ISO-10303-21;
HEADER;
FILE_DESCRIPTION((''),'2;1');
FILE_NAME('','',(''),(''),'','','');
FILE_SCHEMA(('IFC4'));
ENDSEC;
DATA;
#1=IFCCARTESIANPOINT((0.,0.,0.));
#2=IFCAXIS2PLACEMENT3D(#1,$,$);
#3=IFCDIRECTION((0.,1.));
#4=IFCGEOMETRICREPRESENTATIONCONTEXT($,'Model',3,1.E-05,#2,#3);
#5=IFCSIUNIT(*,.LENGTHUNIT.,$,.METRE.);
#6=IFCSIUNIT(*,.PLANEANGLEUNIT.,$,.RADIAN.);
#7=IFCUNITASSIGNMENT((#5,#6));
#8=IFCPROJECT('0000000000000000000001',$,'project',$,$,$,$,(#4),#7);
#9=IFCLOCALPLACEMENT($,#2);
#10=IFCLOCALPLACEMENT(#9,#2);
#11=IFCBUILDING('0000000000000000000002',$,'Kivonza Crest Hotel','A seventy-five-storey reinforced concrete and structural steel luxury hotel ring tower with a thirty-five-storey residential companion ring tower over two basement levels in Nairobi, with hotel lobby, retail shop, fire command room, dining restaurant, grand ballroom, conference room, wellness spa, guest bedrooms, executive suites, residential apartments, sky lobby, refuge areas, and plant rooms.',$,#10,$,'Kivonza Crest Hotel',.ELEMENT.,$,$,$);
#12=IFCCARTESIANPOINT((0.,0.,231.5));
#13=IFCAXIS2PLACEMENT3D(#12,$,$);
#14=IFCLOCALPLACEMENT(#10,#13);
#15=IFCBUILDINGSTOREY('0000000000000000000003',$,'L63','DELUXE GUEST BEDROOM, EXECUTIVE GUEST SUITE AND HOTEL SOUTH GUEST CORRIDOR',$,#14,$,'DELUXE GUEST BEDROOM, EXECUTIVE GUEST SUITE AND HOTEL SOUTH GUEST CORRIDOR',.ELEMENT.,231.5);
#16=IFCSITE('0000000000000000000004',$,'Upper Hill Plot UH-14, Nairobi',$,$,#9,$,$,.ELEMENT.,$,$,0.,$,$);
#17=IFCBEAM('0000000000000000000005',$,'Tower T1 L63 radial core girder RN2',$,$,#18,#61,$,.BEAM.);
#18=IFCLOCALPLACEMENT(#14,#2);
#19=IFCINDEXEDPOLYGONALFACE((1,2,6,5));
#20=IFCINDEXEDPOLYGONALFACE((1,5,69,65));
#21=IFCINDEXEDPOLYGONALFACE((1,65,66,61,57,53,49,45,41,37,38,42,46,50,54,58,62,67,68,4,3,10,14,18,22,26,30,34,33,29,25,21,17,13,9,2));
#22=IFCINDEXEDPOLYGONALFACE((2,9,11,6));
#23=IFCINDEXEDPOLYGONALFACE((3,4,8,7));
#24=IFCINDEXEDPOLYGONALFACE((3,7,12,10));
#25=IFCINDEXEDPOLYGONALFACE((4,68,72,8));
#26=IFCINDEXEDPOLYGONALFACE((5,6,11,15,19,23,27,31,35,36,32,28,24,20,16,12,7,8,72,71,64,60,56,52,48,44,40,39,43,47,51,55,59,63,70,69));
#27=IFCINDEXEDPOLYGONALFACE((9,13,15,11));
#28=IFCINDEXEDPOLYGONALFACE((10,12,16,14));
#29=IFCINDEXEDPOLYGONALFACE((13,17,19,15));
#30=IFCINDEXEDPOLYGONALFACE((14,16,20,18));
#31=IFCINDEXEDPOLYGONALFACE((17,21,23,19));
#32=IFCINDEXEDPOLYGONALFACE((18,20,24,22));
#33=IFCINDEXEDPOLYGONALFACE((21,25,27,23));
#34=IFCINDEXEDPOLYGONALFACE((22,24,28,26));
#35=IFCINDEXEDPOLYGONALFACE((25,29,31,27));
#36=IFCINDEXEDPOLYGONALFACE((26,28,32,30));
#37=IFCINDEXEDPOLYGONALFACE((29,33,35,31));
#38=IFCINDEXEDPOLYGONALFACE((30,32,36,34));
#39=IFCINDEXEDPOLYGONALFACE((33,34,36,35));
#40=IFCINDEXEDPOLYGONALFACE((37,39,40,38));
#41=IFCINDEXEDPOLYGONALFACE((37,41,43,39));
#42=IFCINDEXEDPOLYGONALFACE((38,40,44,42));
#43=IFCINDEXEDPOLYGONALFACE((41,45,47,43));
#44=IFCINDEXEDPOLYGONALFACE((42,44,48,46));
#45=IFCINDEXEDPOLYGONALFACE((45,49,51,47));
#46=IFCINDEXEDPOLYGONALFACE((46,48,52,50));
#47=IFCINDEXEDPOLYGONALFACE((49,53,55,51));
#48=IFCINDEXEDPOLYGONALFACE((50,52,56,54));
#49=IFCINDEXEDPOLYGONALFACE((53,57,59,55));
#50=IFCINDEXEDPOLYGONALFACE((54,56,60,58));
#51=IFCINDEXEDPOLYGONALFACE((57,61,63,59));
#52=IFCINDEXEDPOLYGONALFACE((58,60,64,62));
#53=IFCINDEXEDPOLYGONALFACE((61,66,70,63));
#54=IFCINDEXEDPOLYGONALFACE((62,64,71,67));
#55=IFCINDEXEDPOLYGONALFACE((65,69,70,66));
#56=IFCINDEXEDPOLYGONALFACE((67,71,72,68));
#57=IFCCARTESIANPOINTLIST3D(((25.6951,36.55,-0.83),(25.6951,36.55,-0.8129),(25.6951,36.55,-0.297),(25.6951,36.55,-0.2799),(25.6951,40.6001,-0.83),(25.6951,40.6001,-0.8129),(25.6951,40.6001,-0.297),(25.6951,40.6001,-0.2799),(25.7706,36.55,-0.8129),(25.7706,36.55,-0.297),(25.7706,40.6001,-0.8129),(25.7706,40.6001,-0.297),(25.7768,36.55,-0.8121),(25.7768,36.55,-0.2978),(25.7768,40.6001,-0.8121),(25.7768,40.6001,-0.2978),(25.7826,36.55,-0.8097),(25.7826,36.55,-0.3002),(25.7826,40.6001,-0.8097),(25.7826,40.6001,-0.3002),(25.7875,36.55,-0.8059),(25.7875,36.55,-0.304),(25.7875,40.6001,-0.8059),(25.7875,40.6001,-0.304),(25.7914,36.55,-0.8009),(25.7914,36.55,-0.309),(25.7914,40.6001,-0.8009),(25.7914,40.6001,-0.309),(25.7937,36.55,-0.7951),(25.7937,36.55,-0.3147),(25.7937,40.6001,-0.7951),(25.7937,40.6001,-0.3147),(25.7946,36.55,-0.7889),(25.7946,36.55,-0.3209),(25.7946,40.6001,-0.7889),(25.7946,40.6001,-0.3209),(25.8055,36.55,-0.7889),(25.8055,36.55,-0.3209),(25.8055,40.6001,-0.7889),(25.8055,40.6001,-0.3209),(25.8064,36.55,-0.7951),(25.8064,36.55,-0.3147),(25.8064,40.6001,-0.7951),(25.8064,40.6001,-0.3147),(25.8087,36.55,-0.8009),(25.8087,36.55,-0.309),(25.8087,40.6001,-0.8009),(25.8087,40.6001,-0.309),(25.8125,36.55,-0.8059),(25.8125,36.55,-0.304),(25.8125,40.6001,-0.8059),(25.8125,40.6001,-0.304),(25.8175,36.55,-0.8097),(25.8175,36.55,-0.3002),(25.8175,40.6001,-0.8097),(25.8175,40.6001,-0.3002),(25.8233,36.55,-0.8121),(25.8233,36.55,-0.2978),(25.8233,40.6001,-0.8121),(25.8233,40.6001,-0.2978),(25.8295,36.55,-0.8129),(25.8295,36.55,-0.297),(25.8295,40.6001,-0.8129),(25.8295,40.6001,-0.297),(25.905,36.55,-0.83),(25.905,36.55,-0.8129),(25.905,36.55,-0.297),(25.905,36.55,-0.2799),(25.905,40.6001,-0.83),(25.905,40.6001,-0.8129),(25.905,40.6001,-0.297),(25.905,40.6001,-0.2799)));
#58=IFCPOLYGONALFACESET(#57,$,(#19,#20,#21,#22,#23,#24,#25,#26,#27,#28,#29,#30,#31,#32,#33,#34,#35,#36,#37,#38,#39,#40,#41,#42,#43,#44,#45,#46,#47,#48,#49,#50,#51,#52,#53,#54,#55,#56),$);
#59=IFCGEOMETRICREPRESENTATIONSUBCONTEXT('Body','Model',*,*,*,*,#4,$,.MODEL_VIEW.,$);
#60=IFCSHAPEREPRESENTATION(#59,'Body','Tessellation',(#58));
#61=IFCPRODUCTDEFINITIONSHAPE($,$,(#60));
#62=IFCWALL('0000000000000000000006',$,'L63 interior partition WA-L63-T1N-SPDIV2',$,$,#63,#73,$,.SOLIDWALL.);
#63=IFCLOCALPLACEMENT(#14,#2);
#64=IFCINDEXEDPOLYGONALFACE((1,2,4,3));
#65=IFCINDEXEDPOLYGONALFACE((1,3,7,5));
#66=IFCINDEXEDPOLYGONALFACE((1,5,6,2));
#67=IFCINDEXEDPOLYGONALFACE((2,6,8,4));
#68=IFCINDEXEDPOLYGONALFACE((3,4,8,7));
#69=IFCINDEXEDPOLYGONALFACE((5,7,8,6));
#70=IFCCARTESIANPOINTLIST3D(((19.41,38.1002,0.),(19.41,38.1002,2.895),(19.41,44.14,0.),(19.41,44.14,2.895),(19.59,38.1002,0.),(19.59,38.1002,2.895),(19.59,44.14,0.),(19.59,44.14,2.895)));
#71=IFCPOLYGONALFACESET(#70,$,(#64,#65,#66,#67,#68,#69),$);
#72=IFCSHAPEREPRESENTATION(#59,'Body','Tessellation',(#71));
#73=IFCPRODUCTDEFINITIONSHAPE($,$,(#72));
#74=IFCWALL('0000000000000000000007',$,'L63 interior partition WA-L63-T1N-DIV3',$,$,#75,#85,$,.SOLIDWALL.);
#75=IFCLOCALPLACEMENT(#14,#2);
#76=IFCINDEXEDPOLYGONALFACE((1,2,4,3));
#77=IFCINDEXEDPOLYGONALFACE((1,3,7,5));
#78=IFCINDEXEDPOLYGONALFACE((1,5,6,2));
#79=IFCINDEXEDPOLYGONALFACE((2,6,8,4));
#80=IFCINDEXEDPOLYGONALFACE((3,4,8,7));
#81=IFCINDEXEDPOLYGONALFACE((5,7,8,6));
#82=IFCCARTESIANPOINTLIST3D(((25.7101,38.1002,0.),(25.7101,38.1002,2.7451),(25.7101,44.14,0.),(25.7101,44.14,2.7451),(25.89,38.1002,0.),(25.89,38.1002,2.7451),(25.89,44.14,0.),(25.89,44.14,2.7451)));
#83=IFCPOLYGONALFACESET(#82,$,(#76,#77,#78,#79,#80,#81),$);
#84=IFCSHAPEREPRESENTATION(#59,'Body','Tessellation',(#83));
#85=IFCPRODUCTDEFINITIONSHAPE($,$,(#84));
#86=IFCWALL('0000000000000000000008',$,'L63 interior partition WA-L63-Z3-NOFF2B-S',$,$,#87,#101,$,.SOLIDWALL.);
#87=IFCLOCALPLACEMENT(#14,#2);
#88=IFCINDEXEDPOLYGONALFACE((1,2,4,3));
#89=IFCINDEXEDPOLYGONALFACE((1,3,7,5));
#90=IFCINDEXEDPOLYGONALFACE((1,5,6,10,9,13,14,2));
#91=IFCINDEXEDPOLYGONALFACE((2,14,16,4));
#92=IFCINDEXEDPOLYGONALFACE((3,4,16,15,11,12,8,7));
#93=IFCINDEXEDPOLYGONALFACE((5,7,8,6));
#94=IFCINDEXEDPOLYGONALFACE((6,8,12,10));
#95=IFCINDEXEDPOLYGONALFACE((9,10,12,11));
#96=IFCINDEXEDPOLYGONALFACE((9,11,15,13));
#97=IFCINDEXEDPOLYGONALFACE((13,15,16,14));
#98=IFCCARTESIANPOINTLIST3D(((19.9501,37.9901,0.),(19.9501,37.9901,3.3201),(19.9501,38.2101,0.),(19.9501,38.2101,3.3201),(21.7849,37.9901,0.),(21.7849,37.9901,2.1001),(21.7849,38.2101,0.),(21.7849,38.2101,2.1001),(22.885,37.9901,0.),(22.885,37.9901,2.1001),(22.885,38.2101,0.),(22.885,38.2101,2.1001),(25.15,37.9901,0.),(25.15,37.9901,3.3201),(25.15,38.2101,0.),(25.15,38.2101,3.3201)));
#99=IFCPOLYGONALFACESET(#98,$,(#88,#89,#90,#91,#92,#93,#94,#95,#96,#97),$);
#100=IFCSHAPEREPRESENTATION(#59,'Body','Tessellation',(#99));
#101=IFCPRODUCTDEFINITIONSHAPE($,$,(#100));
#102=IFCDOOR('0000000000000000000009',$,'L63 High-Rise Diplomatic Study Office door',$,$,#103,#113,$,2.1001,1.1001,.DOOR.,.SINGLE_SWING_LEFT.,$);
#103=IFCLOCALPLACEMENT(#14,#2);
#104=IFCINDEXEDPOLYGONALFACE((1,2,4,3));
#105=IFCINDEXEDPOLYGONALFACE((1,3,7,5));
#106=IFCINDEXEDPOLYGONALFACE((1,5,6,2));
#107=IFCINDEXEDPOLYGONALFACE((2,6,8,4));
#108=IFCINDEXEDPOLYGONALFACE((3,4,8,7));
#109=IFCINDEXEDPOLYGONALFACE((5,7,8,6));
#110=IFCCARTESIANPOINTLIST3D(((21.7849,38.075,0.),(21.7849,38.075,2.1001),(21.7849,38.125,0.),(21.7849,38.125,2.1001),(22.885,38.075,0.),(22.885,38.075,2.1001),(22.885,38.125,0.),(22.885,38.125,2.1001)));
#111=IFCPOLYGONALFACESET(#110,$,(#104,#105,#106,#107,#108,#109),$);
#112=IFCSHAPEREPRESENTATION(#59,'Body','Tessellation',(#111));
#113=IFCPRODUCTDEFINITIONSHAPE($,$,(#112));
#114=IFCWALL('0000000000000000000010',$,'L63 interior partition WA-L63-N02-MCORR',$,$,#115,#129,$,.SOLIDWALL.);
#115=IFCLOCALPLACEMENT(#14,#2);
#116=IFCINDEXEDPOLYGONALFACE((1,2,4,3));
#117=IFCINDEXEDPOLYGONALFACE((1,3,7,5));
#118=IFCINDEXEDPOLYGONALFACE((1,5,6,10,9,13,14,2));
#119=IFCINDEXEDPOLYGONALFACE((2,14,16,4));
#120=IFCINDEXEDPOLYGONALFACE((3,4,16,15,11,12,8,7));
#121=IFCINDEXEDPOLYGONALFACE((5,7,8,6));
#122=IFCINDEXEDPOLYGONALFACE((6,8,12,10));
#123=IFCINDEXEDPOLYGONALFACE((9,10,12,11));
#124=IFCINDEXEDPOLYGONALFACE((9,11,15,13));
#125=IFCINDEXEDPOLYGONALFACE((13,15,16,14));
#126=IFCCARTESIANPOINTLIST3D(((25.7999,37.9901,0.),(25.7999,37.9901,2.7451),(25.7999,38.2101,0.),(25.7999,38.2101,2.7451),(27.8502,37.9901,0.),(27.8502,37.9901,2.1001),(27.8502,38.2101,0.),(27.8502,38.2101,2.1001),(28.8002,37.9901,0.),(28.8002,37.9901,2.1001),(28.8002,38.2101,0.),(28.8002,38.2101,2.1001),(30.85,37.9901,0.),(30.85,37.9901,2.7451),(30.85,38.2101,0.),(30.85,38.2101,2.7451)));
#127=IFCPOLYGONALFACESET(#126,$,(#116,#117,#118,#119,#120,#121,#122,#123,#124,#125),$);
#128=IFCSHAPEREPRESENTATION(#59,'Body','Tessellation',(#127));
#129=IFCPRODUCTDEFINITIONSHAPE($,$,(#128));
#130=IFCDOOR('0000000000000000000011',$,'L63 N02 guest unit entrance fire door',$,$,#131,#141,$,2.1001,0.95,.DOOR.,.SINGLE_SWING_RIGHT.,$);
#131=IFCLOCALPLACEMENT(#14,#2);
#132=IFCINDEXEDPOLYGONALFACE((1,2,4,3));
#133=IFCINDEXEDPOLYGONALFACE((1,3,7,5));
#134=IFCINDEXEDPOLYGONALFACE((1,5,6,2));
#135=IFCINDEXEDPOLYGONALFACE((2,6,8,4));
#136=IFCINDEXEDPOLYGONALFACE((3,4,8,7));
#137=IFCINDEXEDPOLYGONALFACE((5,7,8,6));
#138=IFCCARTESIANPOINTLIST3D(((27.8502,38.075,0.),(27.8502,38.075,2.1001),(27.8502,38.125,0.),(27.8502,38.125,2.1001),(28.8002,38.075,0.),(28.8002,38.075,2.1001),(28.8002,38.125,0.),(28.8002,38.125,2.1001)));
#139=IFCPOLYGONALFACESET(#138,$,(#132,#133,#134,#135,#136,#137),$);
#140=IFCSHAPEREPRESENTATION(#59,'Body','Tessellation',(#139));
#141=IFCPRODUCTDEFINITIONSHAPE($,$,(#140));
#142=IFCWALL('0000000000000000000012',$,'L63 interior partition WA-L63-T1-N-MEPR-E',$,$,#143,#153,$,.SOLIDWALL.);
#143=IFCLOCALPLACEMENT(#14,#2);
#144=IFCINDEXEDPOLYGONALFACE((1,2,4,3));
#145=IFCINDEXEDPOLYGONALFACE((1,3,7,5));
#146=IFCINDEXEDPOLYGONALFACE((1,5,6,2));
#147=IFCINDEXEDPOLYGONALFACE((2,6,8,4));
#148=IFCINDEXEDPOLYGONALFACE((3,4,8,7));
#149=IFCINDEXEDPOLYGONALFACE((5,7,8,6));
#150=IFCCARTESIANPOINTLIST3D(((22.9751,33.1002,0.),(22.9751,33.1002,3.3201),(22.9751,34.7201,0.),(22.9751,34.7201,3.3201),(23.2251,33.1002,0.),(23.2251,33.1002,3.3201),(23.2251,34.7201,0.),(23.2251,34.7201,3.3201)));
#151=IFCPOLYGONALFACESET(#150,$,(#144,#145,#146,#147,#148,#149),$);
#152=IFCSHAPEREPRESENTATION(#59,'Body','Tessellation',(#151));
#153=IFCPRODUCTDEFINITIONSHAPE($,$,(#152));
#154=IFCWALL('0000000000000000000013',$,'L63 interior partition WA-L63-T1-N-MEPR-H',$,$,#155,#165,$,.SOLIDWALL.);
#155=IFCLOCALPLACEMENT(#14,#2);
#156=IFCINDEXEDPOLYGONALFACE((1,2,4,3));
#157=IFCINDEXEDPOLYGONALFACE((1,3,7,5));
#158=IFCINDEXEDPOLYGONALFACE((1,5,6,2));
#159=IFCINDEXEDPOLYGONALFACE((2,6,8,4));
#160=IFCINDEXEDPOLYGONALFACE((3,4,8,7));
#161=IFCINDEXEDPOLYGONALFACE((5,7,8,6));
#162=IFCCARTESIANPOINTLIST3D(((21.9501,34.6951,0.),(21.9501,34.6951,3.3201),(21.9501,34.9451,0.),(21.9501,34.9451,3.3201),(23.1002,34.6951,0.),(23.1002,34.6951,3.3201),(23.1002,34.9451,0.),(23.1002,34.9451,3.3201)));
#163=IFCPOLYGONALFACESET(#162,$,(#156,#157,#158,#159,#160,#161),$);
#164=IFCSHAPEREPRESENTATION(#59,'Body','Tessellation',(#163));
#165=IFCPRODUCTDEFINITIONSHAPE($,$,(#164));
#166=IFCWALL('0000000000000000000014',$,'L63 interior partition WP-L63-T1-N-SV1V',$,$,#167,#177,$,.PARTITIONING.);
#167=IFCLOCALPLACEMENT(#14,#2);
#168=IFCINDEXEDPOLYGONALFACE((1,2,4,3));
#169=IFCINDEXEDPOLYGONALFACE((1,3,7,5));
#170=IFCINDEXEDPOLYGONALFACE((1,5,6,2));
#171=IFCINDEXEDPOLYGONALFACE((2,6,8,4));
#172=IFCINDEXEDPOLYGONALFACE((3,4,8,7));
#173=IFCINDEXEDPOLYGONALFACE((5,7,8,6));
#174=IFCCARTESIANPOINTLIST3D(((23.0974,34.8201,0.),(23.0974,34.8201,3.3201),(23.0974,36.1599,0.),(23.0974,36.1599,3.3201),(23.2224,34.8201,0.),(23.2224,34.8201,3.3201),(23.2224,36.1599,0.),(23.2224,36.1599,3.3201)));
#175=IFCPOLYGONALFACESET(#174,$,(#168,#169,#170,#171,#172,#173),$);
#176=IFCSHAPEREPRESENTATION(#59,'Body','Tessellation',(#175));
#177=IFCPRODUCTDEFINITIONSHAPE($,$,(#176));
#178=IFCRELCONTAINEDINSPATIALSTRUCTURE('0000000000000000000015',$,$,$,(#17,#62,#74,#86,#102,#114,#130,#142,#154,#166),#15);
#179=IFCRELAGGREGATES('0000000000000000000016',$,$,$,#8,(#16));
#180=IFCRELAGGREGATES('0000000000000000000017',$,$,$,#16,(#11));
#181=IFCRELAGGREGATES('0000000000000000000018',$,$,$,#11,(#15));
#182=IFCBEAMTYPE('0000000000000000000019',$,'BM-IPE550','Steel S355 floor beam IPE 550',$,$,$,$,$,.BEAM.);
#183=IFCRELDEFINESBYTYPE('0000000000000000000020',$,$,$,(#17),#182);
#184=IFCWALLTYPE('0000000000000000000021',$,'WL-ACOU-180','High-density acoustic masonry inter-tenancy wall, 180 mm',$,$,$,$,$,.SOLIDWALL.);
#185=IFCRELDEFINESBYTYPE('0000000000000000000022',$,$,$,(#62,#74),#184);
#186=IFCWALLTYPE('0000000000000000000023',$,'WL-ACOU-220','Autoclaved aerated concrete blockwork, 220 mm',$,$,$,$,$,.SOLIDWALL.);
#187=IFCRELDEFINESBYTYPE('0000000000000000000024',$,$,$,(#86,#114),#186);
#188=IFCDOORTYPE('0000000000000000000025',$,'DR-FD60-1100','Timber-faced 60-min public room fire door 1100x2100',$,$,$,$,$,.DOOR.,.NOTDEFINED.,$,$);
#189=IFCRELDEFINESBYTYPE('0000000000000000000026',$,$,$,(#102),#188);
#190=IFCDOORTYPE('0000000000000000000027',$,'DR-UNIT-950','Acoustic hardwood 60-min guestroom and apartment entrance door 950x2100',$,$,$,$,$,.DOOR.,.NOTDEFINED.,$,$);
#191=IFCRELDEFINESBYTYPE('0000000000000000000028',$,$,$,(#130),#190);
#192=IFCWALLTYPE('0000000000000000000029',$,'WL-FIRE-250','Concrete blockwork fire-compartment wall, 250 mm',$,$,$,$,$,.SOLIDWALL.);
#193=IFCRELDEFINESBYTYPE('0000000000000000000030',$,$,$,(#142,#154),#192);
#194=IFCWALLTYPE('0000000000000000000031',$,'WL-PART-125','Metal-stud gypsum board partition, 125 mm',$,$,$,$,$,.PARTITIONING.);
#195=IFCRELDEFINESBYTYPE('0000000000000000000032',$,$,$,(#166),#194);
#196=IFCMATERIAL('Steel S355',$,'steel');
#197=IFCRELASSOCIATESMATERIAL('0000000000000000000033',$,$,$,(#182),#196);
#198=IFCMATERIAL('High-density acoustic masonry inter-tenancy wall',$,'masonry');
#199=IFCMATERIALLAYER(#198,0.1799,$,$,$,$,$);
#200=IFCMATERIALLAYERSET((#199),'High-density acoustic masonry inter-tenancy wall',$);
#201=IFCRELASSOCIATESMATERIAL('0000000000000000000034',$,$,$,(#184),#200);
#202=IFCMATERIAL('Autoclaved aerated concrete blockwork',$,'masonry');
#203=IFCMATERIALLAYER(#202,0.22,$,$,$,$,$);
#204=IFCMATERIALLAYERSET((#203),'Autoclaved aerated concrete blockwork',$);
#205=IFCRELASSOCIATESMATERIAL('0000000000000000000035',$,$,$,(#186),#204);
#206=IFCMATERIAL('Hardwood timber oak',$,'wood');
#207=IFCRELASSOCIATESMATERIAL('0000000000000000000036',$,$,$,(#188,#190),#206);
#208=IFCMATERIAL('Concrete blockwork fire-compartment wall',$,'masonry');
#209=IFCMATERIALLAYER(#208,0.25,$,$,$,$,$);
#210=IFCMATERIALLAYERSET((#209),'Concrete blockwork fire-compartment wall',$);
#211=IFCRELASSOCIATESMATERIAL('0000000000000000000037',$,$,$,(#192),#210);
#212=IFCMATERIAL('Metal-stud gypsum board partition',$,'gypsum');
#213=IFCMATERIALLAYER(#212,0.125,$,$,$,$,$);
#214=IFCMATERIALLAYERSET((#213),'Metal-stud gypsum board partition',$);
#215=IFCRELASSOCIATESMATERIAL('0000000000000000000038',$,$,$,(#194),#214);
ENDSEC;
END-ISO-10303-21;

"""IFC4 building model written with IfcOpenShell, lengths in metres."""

from ifc_helpers import new_model, si_unit, direction, frame, frame_2d, origin, origin_2d, place, context, subcontext, project, spatial, rectangle, i_section, extrude, material, layer, layer_set, material_profile, profile_set, type_object, element, fill, save


model = new_model("IFC4")

# Units and contexts
model_context = context("Model", 3, precision=1e-05, world=origin(), true_north=direction((0.0, 1.0)))
body_context = subcontext(model_context, "Body", "Model", "MODEL_VIEW")
ifc_project = project(units=[si_unit("LENGTHUNIT", "METRE"), si_unit("PLANEANGLEUNIT", "RADIAN")], contexts=[model_context])

# Site, building, storey
site_placement = place(None, origin())
site = spatial("IfcSite", under=ifc_project, at=site_placement, Name="Upper Hill Plot UH-14, Nairobi", CompositionType="ELEMENT", RefElevation=0.0)
building_placement = place(site_placement, origin())
building = spatial("IfcBuilding", under=site, at=building_placement, Name="Kivonza Crest Hotel", Description="A seventy-five-storey reinforced concrete and structural steel luxury hotel ring tower with a thirty-five-storey residential companion ring tower over two basement levels in Nairobi, with hotel lobby, retail shop, fire command room, dining restaurant, grand ballroom, conference room, wellness spa, guest bedrooms, executive suites, residential apartments, sky lobby, refuge areas, and plant rooms.", LongName="Kivonza Crest Hotel", CompositionType="ELEMENT")
storey_placement = place(building_placement, frame((0.0, 0.0, 231.5)))
storey = spatial("IfcBuildingStorey", under=building, at=storey_placement, Name="L63", Description="DELUXE GUEST BEDROOM, EXECUTIVE GUEST SUITE AND HOTEL SOUTH GUEST CORRIDOR", LongName="DELUXE GUEST BEDROOM, EXECUTIVE GUEST SUITE AND HOTEL SOUTH GUEST CORRIDOR", CompositionType="ELEMENT", Elevation=231.5)

# Beam
ifc_material_1 = material(Name="Steel S355", Category="steel")
ifc_material_profile_1 = material_profile(ifc_material_1, i_section(OverallWidth=0.21, OverallDepth=0.55, WebThickness=0.011, FlangeThickness=0.0171, FilletRadius=0.0239, at=origin_2d()), Name="IPE 550")
ifc_profile_set_1 = profile_set([ifc_material_profile_1], Name="Steel S355")
beam_type_1 = type_object("IfcBeamType", Name="BM-IPE550", Description="Steel S355 floor beam IPE 550", PredefinedType="BEAM", material=ifc_profile_set_1)
beam_1_placement = place(storey_placement, frame((25.8, 40.6001, -0.5549), z_axis=(0.0, -1.0, 0.0), x_axis=(1.0, 0.0, 0.0)))
element("IfcBeam", 1, at=beam_1_placement, inside=storey, type_object=beam_type_1, Name="Tower T1 L63 radial core girder RN2", PredefinedType="BEAM", context=body_context, shape_type="SweptSolid", body=[
    extrude(i_section(OverallWidth=0.21, OverallDepth=0.55, WebThickness=0.011, FlangeThickness=0.0171, FilletRadius=0.0239, at=origin_2d()), origin(), (0.0, 0.0, 1.0), 4.05),
])

# Walls
ifc_material_2 = material(Name="High-density acoustic masonry inter-tenancy wall", Category="masonry")
ifc_layer_1 = layer(ifc_material_2, 0.1799)
ifc_layer_set_1 = layer_set([ifc_layer_1], Name="High-density acoustic masonry inter-tenancy wall")
wall_type_1 = type_object("IfcWallType", Name="WL-ACOU-180", Description="High-density acoustic masonry inter-tenancy wall, 180 mm", PredefinedType="SOLIDWALL", material=ifc_layer_set_1)
wall_1_placement = place(storey_placement, frame((19.5, 38.1001, 0.0), z_axis=(0.0, 0.0, 1.0), x_axis=(0.0, 1.0, 0.0)))
element("IfcWall", 2, at=wall_1_placement, inside=storey, type_object=wall_type_1, Name="L63 interior partition WA-L63-T1N-SPDIV2", PredefinedType="SOLIDWALL", context=body_context, shape_type="SweptSolid", body=[
    extrude(rectangle(XDim=6.0398, YDim=0.1799, at=frame_2d((3.02, 0.0))), origin(), (0.0, 0.0, 1.0), 2.895),
])
wall_2_placement = place(storey_placement, frame((25.8, 38.1001, 0.0), z_axis=(0.0, 0.0, 1.0), x_axis=(0.0, 1.0, 0.0)))
element("IfcWall", 3, at=wall_2_placement, inside=storey, type_object=wall_type_1, Name="L63 interior partition WA-L63-T1N-DIV3", PredefinedType="SOLIDWALL", context=body_context, shape_type="SweptSolid", body=[
    extrude(rectangle(XDim=6.0398, YDim=0.1799, at=frame_2d((3.02, 0.0))), origin(), (0.0, 0.0, 1.0), 2.7451),
])

# Walls, openings, doors
ifc_material_3 = material(Name="Autoclaved aerated concrete blockwork", Category="masonry")
ifc_layer_2 = layer(ifc_material_3, 0.22)
ifc_layer_set_2 = layer_set([ifc_layer_2], Name="Autoclaved aerated concrete blockwork")
wall_type_2 = type_object("IfcWallType", Name="WL-ACOU-220", Description="Autoclaved aerated concrete blockwork, 220 mm", PredefinedType="SOLIDWALL", material=ifc_layer_set_2)
wall_3_placement = place(storey_placement, frame((19.95, 38.1001, 0.0), z_axis=(0.0, 0.0, 1.0), x_axis=(1.0, 0.0, 0.0)))
wall_3 = element("IfcWall", 4, at=wall_3_placement, inside=storey, type_object=wall_type_2, Name="L63 interior partition WA-L63-Z3-NOFF2B-S", PredefinedType="SOLIDWALL", context=body_context, shape_type="SweptSolid", body=[
    extrude(rectangle(XDim=5.2, YDim=0.22, at=frame_2d((2.6001, 0.0))), origin(), (0.0, 0.0, 1.0), 3.3201),
])
opening_1_placement = place(wall_3_placement, frame((1.835, 0.0, 0.0)))
opening_1 = element("IfcOpeningElement", 5, at=opening_1_placement, cuts=wall_3, PredefinedType="OPENING", context=body_context, shape_type="SweptSolid", body=[
    extrude(rectangle(XDim=1.1001, YDim=2.1001, at=frame_2d((0.55, 1.05))), frame((0.0, 0.1201, 0.0), z_axis=(0.0, -1.0, 0.0), x_axis=(1.0, 0.0, 0.0)), (0.0, 0.0, 1.0), 0.24),
])
ifc_material_4 = material(Name="Hardwood timber oak", Category="wood")
door_type_1 = type_object("IfcDoorType", Name="DR-FD60-1100", Description="Timber-faced 60-min public room fire door 1100x2100", OperationType="NOTDEFINED", PredefinedType="DOOR", material=ifc_material_4)
door_1_placement = place(opening_1_placement, origin())
door_1 = element("IfcDoor", 6, at=door_1_placement, inside=storey, type_object=door_type_1, Name="L63 High-Rise Diplomatic Study Office door", OperationType="SINGLE_SWING_LEFT", OverallHeight=2.1001, OverallWidth=1.1001, PredefinedType="DOOR", context=body_context, shape_type="SweptSolid", body=[
    extrude(rectangle(XDim=1.1001, YDim=2.1001, at=frame_2d((0.55, 1.05))), frame((0.0, 0.0249, 0.0), z_axis=(0.0, -1.0, 0.0), x_axis=(1.0, 0.0, 0.0)), (0.0, 0.0, 1.0), 0.05),
])
fill(opening_1, door_1)
wall_4_placement = place(storey_placement, frame((25.8, 38.1001, 0.0), z_axis=(0.0, 0.0, 1.0), x_axis=(1.0, 0.0, 0.0)))
wall_4 = element("IfcWall", 7, at=wall_4_placement, inside=storey, type_object=wall_type_2, Name="L63 interior partition WA-L63-N02-MCORR", PredefinedType="SOLIDWALL", context=body_context, shape_type="SweptSolid", body=[
    extrude(rectangle(XDim=5.05, YDim=0.22, at=frame_2d((2.5249, 0.0))), origin(), (0.0, 0.0, 1.0), 2.7451),
])
opening_2_placement = place(wall_4_placement, frame((2.05, 0.0, 0.0)))
opening_2 = element("IfcOpeningElement", 8, at=opening_2_placement, cuts=wall_4, PredefinedType="OPENING", context=body_context, shape_type="SweptSolid", body=[
    extrude(rectangle(XDim=0.95, YDim=2.1001, at=frame_2d((0.4751, 1.05))), frame((0.0, 0.1201, 0.0), z_axis=(0.0, -1.0, 0.0), x_axis=(1.0, 0.0, 0.0)), (0.0, 0.0, 1.0), 0.24),
])
door_type_2 = type_object("IfcDoorType", Name="DR-UNIT-950", Description="Acoustic hardwood 60-min guestroom and apartment entrance door 950x2100", OperationType="NOTDEFINED", PredefinedType="DOOR", material=ifc_material_4)
door_2_placement = place(opening_2_placement, origin())
door_2 = element("IfcDoor", 9, at=door_2_placement, inside=storey, type_object=door_type_2, Name="L63 N02 guest unit entrance fire door", OperationType="SINGLE_SWING_RIGHT", OverallHeight=2.1001, OverallWidth=0.95, PredefinedType="DOOR", context=body_context, shape_type="SweptSolid", body=[
    extrude(rectangle(XDim=0.95, YDim=2.1001, at=frame_2d((0.4751, 1.05))), frame((0.0, 0.0249, 0.0), z_axis=(0.0, -1.0, 0.0), x_axis=(1.0, 0.0, 0.0)), (0.0, 0.0, 1.0), 0.05),
])
fill(opening_2, door_2)

# Walls
ifc_material_5 = material(Name="Concrete blockwork fire-compartment wall", Category="masonry")
ifc_layer_3 = layer(ifc_material_5, 0.25)
ifc_layer_set_3 = layer_set([ifc_layer_3], Name="Concrete blockwork fire-compartment wall")
wall_type_3 = type_object("IfcWallType", Name="WL-FIRE-250", Description="Concrete blockwork fire-compartment wall, 250 mm", PredefinedType="SOLIDWALL", material=ifc_layer_set_3)
wall_5_placement = place(storey_placement, frame((23.1001, 33.1001, 0.0), z_axis=(0.0, 0.0, 1.0), x_axis=(0.0, 1.0, 0.0)))
element("IfcWall", 10, at=wall_5_placement, inside=storey, type_object=wall_type_3, Name="L63 interior partition WA-L63-T1-N-MEPR-E", PredefinedType="SOLIDWALL", context=body_context, shape_type="SweptSolid", body=[
    extrude(rectangle(XDim=1.6199, YDim=0.25, at=frame_2d((0.8101, 0.0))), origin(), (0.0, 0.0, 1.0), 3.3201),
])
wall_6_placement = place(storey_placement, frame((21.95, 34.8201, 0.0), z_axis=(0.0, 0.0, 1.0), x_axis=(1.0, 0.0, 0.0)))
element("IfcWall", 11, at=wall_6_placement, inside=storey, type_object=wall_type_3, Name="L63 interior partition WA-L63-T1-N-MEPR-H", PredefinedType="SOLIDWALL", context=body_context, shape_type="SweptSolid", body=[
    extrude(rectangle(XDim=1.1501, YDim=0.25, at=frame_2d((0.5752, 0.0))), origin(), (0.0, 0.0, 1.0), 3.3201),
])
ifc_material_6 = material(Name="Metal-stud gypsum board partition", Category="gypsum")
ifc_layer_4 = layer(ifc_material_6, 0.125)
ifc_layer_set_4 = layer_set([ifc_layer_4], Name="Metal-stud gypsum board partition")
wall_type_4 = type_object("IfcWallType", Name="WL-PART-125", Description="Metal-stud gypsum board partition, 125 mm", PredefinedType="PARTITIONING", material=ifc_layer_set_4)
wall_7_placement = place(storey_placement, frame((23.1599, 34.8201, 0.0), z_axis=(0.0, 0.0, 1.0), x_axis=(0.0, 1.0, 0.0)))
element("IfcWall", 12, at=wall_7_placement, inside=storey, type_object=wall_type_4, Name="L63 interior partition WP-L63-T1-N-SV1V", PredefinedType="PARTITIONING", context=body_context, shape_type="SweptSolid", body=[
    extrude(rectangle(XDim=1.3398, YDim=0.125, at=frame_2d((0.6699, 0.0))), origin(), (0.0, 0.0, 1.0), 3.3201),
])

save(model, "model.ifc")
